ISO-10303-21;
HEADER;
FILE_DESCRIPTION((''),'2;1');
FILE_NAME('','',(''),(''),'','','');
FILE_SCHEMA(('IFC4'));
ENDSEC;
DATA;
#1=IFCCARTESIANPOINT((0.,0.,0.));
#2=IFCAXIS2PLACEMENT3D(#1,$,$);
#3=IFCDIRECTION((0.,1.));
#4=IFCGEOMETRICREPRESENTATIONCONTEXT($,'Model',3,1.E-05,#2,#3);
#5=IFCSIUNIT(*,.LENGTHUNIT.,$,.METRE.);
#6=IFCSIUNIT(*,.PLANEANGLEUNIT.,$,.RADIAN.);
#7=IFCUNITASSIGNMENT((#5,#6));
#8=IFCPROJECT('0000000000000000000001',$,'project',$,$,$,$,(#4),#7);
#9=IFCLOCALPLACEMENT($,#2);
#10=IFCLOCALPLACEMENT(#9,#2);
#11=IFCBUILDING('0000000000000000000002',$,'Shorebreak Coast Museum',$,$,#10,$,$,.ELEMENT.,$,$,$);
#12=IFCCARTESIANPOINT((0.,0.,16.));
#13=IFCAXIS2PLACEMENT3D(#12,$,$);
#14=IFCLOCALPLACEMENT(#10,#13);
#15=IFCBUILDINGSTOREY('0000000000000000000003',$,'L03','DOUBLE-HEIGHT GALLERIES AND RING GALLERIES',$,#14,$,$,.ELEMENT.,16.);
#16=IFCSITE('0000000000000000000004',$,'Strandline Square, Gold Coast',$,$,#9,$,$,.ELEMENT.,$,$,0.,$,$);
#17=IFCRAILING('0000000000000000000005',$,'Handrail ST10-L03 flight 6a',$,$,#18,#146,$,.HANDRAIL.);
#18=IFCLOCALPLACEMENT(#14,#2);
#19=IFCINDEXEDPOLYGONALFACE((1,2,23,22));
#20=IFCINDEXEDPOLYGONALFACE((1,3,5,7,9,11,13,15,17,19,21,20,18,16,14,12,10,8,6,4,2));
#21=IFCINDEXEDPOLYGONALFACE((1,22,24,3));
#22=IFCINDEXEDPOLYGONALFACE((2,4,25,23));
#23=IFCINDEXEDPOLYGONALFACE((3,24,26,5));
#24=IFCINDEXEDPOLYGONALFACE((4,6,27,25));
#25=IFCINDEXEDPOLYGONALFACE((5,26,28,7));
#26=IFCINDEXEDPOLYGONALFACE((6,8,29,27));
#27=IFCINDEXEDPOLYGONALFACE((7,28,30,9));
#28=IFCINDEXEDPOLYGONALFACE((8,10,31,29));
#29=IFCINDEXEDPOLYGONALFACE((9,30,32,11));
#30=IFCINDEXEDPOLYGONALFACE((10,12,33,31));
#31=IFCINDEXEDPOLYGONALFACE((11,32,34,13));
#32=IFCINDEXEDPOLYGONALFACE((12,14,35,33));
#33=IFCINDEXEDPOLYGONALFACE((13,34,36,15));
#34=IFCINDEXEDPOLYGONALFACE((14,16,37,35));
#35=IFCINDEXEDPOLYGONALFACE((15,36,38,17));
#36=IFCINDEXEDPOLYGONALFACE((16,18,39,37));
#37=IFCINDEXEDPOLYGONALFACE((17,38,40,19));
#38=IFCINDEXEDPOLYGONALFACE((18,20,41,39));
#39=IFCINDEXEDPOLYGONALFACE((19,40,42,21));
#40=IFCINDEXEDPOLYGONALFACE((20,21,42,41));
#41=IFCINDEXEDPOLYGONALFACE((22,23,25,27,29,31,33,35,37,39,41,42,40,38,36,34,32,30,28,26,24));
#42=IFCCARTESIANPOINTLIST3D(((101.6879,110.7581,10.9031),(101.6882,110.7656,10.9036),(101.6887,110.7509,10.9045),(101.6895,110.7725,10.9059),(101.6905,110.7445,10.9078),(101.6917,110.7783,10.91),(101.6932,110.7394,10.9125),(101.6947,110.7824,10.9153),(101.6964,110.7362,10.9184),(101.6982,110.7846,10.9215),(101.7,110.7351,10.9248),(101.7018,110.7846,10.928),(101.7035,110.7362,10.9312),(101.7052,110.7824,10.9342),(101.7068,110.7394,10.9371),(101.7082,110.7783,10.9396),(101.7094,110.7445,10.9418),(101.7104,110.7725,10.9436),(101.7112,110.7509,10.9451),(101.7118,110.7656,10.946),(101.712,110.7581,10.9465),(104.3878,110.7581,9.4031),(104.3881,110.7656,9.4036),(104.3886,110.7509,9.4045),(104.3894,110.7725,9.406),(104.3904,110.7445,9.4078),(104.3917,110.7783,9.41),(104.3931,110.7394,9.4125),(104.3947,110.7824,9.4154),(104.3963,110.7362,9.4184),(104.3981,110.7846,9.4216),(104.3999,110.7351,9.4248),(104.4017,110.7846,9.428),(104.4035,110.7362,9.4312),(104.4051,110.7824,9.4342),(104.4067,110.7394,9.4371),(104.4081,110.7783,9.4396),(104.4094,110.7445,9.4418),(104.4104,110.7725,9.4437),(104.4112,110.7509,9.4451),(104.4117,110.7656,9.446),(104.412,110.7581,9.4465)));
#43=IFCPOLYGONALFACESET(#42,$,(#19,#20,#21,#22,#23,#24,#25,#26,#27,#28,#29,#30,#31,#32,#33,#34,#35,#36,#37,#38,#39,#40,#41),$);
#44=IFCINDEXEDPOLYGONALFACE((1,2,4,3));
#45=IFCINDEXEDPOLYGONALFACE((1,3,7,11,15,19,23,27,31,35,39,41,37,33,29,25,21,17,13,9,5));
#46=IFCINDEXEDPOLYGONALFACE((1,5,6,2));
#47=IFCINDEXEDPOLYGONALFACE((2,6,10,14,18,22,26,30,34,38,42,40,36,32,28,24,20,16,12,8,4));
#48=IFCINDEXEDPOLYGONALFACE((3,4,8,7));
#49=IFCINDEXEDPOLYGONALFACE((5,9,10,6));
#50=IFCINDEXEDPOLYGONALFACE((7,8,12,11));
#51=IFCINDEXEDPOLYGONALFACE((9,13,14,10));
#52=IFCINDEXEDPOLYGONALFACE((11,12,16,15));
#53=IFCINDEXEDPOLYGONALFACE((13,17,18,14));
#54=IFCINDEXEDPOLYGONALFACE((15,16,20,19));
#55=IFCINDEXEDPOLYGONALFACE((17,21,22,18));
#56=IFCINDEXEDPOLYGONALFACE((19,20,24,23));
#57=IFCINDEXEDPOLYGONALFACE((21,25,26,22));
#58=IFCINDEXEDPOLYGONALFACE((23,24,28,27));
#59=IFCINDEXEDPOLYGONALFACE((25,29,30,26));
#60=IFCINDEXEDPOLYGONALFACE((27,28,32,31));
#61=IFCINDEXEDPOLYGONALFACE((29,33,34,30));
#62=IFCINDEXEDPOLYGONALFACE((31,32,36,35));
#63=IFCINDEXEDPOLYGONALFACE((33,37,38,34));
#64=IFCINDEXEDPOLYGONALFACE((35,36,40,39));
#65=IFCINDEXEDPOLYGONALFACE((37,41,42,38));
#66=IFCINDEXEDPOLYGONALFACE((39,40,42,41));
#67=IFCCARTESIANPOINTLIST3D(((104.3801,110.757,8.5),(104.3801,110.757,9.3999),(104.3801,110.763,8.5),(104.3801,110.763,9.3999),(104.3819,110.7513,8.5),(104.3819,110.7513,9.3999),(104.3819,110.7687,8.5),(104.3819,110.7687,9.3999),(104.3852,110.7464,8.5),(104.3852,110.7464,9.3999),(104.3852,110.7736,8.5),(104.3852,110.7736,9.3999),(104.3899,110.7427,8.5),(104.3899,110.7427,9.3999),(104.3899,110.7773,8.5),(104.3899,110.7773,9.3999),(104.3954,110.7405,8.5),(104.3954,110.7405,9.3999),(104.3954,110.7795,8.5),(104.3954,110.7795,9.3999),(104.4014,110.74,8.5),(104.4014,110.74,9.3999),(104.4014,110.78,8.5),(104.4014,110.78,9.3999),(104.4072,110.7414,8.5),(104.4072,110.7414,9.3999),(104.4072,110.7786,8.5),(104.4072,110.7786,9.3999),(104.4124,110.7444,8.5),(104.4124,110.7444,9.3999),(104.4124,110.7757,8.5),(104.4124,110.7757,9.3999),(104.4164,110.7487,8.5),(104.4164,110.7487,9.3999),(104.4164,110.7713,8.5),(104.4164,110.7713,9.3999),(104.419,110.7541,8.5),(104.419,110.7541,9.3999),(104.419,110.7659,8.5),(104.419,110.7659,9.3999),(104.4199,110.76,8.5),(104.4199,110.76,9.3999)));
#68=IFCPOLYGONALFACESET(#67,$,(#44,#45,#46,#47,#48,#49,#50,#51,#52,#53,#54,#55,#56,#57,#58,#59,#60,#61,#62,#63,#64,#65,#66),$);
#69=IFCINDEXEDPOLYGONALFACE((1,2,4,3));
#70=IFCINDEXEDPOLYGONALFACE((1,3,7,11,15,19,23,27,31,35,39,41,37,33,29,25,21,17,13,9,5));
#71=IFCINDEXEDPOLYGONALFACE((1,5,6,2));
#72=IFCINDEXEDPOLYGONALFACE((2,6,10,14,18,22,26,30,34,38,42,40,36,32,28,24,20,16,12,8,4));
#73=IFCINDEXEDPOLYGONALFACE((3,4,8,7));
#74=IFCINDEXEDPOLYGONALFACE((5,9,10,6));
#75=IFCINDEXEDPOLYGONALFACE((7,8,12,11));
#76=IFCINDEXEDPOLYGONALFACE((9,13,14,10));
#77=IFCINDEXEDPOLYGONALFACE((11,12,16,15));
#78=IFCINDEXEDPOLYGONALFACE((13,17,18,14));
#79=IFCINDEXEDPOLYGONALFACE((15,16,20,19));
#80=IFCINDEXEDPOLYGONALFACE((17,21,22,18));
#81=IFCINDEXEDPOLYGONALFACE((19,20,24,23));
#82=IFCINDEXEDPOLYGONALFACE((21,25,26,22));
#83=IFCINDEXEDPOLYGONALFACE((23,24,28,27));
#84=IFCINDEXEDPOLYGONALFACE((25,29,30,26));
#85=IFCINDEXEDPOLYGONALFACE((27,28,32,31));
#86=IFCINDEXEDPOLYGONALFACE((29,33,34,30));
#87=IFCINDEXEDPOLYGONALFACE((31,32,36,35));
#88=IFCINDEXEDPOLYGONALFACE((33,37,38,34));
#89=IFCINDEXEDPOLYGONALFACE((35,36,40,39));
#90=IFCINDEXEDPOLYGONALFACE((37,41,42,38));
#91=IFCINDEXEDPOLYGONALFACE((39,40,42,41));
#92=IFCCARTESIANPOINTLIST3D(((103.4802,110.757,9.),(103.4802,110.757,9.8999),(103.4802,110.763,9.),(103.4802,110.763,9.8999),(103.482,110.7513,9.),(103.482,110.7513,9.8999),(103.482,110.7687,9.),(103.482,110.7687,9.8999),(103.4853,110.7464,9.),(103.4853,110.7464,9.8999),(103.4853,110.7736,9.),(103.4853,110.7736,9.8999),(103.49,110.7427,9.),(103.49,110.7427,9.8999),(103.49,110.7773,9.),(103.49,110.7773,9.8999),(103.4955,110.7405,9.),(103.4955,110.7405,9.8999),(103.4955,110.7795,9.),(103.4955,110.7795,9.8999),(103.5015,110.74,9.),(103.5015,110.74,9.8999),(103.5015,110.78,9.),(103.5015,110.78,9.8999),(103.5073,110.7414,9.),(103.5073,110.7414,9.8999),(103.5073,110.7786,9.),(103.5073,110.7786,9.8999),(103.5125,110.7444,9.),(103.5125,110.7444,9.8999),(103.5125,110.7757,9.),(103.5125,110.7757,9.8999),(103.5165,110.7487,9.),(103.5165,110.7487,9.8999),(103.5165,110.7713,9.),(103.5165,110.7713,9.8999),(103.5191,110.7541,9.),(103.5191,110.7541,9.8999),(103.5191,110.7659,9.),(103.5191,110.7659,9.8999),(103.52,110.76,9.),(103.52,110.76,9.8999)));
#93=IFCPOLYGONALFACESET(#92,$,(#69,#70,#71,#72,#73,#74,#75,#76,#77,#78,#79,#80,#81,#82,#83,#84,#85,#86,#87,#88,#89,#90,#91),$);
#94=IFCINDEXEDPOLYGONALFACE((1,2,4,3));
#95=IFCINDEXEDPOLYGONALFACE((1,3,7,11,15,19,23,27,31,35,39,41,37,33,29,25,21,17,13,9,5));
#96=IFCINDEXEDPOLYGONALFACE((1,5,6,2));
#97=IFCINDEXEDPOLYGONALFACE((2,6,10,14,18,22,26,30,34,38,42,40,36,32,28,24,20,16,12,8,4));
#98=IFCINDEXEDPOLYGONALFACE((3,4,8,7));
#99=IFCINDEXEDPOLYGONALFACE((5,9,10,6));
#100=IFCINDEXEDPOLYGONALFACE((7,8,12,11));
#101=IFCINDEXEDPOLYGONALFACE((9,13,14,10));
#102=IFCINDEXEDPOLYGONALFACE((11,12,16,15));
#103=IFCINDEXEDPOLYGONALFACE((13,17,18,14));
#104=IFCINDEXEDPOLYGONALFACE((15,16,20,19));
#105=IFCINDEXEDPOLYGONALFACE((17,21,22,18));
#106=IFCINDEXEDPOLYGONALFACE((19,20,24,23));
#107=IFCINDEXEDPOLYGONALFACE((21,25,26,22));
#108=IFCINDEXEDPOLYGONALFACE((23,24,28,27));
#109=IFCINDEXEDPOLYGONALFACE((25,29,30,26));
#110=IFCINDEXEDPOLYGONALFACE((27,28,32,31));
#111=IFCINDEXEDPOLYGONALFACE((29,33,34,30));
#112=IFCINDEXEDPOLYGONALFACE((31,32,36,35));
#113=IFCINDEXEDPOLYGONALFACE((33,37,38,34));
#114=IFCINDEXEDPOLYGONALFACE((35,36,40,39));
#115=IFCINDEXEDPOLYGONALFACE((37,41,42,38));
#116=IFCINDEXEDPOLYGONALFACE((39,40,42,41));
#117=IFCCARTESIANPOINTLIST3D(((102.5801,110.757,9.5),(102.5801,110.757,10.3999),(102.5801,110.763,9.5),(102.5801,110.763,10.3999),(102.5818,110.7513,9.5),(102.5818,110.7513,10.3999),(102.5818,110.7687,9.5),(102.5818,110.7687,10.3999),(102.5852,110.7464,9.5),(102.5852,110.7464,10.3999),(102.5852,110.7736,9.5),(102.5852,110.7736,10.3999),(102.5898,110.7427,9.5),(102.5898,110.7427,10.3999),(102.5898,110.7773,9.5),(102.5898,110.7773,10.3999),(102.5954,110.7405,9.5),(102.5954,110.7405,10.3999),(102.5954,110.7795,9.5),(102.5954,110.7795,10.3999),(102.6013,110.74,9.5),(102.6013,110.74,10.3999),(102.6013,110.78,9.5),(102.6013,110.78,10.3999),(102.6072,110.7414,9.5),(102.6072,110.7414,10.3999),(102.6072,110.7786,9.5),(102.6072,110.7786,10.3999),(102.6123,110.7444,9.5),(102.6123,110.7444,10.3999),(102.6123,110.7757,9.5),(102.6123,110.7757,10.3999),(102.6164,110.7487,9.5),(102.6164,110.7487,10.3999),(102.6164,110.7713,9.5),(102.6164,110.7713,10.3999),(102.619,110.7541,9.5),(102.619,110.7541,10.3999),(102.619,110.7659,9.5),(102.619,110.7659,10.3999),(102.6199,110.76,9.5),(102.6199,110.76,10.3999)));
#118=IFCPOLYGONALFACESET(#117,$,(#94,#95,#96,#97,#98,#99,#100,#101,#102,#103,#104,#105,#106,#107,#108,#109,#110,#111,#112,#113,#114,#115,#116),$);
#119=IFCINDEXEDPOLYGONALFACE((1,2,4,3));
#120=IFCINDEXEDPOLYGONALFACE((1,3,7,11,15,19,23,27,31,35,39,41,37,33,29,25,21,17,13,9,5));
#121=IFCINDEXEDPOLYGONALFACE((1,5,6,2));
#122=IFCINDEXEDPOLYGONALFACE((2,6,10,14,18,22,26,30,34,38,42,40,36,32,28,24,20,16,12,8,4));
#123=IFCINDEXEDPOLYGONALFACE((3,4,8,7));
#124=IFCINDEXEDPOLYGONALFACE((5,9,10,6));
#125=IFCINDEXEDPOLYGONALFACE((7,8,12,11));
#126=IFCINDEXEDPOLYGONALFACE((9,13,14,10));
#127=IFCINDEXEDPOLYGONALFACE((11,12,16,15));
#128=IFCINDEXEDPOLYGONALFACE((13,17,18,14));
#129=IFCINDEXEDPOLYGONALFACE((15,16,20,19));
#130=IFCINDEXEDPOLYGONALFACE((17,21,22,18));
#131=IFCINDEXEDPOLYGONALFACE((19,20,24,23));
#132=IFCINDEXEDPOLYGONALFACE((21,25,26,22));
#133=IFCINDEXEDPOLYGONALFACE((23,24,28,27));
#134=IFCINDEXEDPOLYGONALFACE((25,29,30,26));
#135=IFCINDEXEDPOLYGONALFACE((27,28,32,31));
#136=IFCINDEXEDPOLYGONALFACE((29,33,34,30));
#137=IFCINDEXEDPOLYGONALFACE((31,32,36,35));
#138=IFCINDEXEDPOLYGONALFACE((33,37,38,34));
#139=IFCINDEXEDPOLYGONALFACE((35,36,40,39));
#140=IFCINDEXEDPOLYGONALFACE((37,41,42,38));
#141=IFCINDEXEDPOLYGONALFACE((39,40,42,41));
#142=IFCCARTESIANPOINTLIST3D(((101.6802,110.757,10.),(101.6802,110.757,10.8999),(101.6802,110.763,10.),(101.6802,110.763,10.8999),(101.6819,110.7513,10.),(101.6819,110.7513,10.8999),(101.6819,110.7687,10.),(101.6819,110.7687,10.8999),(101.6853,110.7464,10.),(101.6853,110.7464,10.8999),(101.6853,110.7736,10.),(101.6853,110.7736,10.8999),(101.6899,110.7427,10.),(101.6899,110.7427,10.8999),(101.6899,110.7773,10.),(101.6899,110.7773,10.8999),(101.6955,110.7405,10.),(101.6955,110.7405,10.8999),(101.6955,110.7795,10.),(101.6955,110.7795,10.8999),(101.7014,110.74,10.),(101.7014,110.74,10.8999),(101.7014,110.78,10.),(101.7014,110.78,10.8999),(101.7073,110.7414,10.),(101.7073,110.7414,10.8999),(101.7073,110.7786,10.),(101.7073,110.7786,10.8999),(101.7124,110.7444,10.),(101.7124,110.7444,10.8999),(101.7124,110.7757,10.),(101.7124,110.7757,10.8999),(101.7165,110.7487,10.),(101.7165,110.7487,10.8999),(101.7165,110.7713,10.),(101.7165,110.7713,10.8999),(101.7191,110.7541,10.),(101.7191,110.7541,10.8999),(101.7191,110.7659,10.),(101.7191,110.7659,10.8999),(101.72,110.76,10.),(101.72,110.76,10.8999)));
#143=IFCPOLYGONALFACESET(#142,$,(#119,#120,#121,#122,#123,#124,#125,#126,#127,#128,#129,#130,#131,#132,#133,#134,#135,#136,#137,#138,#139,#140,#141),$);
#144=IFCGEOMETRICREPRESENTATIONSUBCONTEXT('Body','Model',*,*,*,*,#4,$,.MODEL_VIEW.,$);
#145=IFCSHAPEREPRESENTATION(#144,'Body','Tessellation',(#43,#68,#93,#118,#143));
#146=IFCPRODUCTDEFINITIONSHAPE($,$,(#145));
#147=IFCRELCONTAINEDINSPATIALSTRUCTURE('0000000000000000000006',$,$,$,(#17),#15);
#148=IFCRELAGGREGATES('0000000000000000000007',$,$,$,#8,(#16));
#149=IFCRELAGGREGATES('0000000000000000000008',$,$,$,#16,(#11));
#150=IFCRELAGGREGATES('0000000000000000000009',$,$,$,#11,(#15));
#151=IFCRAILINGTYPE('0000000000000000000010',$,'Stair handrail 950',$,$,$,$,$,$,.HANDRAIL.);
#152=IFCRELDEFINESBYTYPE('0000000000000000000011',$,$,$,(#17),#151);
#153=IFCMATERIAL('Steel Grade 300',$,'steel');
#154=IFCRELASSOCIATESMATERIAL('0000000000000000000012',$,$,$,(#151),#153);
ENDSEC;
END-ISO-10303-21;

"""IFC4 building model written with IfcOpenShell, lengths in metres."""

from ifc_helpers import new_model, si_unit, direction, frame, origin, origin_2d, place, context, subcontext, project, spatial, circle, extrude, material, type_object, element, save


model = new_model("IFC4")

# Units and contexts
model_context = context("Model", 3, precision=1e-05, world=origin(), true_north=direction((0.0, 1.0)))
body_context = subcontext(model_context, "Body", "Model", "MODEL_VIEW")
ifc_project = project(units=[si_unit("LENGTHUNIT", "METRE"), si_unit("PLANEANGLEUNIT", "RADIAN")], contexts=[model_context])

# Site, building, storey
site_placement = place(None, origin())
site = spatial("IfcSite", under=ifc_project, at=site_placement, Name="Strandline Square, Gold Coast", CompositionType="ELEMENT", RefElevation=0.0)
building_placement = place(site_placement, origin())
building = spatial("IfcBuilding", under=site, at=building_placement, Name="Shorebreak Coast Museum", CompositionType="ELEMENT")
storey_placement = place(building_placement, frame((0.0, 0.0, 16.0)))
storey = spatial("IfcBuildingStorey", under=building, at=storey_placement, Name="L03", Description="DOUBLE-HEIGHT GALLERIES AND RING GALLERIES", CompositionType="ELEMENT", Elevation=16.0)

# Railing
ifc_material_1 = material(Name="Steel Grade 300", Category="steel")
railing_type_1 = type_object("IfcRailingType", Name="Stair handrail 950", PredefinedType="HANDRAIL", material=ifc_material_1)
for number, where, name in (
    (1, (104.3999, 110.76, 8.5), "Handrail ST10-L03 flight 6a"),
):
    element("IfcRailing", number, at=place(storey_placement, frame(where)), inside=storey, type_object=railing_type_1, Name=name, PredefinedType="HANDRAIL", context=body_context, shape_type="SweptSolid", body=[
        extrude(circle(Radius=0.0249, at=origin_2d()), frame((0.0, 0.0, 0.9248), z_axis=(-0.874154, 0.0, 0.48565), x_axis=(0.0, -1.0, 0.0)), (0.0, 0.0, 1.0), 3.0886),
        extrude(circle(Radius=0.02, at=origin_2d()), origin(), (0.0, 0.0, 1.0), 0.8999),
        extrude(circle(Radius=0.02, at=origin_2d()), frame((-0.8999, 0.0, 0.5)), (0.0, 0.0, 1.0), 0.8999),
        extrude(circle(Radius=0.02, at=origin_2d()), frame((-1.8, 0.0, 1.0)), (0.0, 0.0, 1.0), 0.8999),
        extrude(circle(Radius=0.02, at=origin_2d()), frame((-2.7, 0.0, 1.5)), (0.0, 0.0, 1.0), 0.8999),
    ])

save(model, "model.ifc")
